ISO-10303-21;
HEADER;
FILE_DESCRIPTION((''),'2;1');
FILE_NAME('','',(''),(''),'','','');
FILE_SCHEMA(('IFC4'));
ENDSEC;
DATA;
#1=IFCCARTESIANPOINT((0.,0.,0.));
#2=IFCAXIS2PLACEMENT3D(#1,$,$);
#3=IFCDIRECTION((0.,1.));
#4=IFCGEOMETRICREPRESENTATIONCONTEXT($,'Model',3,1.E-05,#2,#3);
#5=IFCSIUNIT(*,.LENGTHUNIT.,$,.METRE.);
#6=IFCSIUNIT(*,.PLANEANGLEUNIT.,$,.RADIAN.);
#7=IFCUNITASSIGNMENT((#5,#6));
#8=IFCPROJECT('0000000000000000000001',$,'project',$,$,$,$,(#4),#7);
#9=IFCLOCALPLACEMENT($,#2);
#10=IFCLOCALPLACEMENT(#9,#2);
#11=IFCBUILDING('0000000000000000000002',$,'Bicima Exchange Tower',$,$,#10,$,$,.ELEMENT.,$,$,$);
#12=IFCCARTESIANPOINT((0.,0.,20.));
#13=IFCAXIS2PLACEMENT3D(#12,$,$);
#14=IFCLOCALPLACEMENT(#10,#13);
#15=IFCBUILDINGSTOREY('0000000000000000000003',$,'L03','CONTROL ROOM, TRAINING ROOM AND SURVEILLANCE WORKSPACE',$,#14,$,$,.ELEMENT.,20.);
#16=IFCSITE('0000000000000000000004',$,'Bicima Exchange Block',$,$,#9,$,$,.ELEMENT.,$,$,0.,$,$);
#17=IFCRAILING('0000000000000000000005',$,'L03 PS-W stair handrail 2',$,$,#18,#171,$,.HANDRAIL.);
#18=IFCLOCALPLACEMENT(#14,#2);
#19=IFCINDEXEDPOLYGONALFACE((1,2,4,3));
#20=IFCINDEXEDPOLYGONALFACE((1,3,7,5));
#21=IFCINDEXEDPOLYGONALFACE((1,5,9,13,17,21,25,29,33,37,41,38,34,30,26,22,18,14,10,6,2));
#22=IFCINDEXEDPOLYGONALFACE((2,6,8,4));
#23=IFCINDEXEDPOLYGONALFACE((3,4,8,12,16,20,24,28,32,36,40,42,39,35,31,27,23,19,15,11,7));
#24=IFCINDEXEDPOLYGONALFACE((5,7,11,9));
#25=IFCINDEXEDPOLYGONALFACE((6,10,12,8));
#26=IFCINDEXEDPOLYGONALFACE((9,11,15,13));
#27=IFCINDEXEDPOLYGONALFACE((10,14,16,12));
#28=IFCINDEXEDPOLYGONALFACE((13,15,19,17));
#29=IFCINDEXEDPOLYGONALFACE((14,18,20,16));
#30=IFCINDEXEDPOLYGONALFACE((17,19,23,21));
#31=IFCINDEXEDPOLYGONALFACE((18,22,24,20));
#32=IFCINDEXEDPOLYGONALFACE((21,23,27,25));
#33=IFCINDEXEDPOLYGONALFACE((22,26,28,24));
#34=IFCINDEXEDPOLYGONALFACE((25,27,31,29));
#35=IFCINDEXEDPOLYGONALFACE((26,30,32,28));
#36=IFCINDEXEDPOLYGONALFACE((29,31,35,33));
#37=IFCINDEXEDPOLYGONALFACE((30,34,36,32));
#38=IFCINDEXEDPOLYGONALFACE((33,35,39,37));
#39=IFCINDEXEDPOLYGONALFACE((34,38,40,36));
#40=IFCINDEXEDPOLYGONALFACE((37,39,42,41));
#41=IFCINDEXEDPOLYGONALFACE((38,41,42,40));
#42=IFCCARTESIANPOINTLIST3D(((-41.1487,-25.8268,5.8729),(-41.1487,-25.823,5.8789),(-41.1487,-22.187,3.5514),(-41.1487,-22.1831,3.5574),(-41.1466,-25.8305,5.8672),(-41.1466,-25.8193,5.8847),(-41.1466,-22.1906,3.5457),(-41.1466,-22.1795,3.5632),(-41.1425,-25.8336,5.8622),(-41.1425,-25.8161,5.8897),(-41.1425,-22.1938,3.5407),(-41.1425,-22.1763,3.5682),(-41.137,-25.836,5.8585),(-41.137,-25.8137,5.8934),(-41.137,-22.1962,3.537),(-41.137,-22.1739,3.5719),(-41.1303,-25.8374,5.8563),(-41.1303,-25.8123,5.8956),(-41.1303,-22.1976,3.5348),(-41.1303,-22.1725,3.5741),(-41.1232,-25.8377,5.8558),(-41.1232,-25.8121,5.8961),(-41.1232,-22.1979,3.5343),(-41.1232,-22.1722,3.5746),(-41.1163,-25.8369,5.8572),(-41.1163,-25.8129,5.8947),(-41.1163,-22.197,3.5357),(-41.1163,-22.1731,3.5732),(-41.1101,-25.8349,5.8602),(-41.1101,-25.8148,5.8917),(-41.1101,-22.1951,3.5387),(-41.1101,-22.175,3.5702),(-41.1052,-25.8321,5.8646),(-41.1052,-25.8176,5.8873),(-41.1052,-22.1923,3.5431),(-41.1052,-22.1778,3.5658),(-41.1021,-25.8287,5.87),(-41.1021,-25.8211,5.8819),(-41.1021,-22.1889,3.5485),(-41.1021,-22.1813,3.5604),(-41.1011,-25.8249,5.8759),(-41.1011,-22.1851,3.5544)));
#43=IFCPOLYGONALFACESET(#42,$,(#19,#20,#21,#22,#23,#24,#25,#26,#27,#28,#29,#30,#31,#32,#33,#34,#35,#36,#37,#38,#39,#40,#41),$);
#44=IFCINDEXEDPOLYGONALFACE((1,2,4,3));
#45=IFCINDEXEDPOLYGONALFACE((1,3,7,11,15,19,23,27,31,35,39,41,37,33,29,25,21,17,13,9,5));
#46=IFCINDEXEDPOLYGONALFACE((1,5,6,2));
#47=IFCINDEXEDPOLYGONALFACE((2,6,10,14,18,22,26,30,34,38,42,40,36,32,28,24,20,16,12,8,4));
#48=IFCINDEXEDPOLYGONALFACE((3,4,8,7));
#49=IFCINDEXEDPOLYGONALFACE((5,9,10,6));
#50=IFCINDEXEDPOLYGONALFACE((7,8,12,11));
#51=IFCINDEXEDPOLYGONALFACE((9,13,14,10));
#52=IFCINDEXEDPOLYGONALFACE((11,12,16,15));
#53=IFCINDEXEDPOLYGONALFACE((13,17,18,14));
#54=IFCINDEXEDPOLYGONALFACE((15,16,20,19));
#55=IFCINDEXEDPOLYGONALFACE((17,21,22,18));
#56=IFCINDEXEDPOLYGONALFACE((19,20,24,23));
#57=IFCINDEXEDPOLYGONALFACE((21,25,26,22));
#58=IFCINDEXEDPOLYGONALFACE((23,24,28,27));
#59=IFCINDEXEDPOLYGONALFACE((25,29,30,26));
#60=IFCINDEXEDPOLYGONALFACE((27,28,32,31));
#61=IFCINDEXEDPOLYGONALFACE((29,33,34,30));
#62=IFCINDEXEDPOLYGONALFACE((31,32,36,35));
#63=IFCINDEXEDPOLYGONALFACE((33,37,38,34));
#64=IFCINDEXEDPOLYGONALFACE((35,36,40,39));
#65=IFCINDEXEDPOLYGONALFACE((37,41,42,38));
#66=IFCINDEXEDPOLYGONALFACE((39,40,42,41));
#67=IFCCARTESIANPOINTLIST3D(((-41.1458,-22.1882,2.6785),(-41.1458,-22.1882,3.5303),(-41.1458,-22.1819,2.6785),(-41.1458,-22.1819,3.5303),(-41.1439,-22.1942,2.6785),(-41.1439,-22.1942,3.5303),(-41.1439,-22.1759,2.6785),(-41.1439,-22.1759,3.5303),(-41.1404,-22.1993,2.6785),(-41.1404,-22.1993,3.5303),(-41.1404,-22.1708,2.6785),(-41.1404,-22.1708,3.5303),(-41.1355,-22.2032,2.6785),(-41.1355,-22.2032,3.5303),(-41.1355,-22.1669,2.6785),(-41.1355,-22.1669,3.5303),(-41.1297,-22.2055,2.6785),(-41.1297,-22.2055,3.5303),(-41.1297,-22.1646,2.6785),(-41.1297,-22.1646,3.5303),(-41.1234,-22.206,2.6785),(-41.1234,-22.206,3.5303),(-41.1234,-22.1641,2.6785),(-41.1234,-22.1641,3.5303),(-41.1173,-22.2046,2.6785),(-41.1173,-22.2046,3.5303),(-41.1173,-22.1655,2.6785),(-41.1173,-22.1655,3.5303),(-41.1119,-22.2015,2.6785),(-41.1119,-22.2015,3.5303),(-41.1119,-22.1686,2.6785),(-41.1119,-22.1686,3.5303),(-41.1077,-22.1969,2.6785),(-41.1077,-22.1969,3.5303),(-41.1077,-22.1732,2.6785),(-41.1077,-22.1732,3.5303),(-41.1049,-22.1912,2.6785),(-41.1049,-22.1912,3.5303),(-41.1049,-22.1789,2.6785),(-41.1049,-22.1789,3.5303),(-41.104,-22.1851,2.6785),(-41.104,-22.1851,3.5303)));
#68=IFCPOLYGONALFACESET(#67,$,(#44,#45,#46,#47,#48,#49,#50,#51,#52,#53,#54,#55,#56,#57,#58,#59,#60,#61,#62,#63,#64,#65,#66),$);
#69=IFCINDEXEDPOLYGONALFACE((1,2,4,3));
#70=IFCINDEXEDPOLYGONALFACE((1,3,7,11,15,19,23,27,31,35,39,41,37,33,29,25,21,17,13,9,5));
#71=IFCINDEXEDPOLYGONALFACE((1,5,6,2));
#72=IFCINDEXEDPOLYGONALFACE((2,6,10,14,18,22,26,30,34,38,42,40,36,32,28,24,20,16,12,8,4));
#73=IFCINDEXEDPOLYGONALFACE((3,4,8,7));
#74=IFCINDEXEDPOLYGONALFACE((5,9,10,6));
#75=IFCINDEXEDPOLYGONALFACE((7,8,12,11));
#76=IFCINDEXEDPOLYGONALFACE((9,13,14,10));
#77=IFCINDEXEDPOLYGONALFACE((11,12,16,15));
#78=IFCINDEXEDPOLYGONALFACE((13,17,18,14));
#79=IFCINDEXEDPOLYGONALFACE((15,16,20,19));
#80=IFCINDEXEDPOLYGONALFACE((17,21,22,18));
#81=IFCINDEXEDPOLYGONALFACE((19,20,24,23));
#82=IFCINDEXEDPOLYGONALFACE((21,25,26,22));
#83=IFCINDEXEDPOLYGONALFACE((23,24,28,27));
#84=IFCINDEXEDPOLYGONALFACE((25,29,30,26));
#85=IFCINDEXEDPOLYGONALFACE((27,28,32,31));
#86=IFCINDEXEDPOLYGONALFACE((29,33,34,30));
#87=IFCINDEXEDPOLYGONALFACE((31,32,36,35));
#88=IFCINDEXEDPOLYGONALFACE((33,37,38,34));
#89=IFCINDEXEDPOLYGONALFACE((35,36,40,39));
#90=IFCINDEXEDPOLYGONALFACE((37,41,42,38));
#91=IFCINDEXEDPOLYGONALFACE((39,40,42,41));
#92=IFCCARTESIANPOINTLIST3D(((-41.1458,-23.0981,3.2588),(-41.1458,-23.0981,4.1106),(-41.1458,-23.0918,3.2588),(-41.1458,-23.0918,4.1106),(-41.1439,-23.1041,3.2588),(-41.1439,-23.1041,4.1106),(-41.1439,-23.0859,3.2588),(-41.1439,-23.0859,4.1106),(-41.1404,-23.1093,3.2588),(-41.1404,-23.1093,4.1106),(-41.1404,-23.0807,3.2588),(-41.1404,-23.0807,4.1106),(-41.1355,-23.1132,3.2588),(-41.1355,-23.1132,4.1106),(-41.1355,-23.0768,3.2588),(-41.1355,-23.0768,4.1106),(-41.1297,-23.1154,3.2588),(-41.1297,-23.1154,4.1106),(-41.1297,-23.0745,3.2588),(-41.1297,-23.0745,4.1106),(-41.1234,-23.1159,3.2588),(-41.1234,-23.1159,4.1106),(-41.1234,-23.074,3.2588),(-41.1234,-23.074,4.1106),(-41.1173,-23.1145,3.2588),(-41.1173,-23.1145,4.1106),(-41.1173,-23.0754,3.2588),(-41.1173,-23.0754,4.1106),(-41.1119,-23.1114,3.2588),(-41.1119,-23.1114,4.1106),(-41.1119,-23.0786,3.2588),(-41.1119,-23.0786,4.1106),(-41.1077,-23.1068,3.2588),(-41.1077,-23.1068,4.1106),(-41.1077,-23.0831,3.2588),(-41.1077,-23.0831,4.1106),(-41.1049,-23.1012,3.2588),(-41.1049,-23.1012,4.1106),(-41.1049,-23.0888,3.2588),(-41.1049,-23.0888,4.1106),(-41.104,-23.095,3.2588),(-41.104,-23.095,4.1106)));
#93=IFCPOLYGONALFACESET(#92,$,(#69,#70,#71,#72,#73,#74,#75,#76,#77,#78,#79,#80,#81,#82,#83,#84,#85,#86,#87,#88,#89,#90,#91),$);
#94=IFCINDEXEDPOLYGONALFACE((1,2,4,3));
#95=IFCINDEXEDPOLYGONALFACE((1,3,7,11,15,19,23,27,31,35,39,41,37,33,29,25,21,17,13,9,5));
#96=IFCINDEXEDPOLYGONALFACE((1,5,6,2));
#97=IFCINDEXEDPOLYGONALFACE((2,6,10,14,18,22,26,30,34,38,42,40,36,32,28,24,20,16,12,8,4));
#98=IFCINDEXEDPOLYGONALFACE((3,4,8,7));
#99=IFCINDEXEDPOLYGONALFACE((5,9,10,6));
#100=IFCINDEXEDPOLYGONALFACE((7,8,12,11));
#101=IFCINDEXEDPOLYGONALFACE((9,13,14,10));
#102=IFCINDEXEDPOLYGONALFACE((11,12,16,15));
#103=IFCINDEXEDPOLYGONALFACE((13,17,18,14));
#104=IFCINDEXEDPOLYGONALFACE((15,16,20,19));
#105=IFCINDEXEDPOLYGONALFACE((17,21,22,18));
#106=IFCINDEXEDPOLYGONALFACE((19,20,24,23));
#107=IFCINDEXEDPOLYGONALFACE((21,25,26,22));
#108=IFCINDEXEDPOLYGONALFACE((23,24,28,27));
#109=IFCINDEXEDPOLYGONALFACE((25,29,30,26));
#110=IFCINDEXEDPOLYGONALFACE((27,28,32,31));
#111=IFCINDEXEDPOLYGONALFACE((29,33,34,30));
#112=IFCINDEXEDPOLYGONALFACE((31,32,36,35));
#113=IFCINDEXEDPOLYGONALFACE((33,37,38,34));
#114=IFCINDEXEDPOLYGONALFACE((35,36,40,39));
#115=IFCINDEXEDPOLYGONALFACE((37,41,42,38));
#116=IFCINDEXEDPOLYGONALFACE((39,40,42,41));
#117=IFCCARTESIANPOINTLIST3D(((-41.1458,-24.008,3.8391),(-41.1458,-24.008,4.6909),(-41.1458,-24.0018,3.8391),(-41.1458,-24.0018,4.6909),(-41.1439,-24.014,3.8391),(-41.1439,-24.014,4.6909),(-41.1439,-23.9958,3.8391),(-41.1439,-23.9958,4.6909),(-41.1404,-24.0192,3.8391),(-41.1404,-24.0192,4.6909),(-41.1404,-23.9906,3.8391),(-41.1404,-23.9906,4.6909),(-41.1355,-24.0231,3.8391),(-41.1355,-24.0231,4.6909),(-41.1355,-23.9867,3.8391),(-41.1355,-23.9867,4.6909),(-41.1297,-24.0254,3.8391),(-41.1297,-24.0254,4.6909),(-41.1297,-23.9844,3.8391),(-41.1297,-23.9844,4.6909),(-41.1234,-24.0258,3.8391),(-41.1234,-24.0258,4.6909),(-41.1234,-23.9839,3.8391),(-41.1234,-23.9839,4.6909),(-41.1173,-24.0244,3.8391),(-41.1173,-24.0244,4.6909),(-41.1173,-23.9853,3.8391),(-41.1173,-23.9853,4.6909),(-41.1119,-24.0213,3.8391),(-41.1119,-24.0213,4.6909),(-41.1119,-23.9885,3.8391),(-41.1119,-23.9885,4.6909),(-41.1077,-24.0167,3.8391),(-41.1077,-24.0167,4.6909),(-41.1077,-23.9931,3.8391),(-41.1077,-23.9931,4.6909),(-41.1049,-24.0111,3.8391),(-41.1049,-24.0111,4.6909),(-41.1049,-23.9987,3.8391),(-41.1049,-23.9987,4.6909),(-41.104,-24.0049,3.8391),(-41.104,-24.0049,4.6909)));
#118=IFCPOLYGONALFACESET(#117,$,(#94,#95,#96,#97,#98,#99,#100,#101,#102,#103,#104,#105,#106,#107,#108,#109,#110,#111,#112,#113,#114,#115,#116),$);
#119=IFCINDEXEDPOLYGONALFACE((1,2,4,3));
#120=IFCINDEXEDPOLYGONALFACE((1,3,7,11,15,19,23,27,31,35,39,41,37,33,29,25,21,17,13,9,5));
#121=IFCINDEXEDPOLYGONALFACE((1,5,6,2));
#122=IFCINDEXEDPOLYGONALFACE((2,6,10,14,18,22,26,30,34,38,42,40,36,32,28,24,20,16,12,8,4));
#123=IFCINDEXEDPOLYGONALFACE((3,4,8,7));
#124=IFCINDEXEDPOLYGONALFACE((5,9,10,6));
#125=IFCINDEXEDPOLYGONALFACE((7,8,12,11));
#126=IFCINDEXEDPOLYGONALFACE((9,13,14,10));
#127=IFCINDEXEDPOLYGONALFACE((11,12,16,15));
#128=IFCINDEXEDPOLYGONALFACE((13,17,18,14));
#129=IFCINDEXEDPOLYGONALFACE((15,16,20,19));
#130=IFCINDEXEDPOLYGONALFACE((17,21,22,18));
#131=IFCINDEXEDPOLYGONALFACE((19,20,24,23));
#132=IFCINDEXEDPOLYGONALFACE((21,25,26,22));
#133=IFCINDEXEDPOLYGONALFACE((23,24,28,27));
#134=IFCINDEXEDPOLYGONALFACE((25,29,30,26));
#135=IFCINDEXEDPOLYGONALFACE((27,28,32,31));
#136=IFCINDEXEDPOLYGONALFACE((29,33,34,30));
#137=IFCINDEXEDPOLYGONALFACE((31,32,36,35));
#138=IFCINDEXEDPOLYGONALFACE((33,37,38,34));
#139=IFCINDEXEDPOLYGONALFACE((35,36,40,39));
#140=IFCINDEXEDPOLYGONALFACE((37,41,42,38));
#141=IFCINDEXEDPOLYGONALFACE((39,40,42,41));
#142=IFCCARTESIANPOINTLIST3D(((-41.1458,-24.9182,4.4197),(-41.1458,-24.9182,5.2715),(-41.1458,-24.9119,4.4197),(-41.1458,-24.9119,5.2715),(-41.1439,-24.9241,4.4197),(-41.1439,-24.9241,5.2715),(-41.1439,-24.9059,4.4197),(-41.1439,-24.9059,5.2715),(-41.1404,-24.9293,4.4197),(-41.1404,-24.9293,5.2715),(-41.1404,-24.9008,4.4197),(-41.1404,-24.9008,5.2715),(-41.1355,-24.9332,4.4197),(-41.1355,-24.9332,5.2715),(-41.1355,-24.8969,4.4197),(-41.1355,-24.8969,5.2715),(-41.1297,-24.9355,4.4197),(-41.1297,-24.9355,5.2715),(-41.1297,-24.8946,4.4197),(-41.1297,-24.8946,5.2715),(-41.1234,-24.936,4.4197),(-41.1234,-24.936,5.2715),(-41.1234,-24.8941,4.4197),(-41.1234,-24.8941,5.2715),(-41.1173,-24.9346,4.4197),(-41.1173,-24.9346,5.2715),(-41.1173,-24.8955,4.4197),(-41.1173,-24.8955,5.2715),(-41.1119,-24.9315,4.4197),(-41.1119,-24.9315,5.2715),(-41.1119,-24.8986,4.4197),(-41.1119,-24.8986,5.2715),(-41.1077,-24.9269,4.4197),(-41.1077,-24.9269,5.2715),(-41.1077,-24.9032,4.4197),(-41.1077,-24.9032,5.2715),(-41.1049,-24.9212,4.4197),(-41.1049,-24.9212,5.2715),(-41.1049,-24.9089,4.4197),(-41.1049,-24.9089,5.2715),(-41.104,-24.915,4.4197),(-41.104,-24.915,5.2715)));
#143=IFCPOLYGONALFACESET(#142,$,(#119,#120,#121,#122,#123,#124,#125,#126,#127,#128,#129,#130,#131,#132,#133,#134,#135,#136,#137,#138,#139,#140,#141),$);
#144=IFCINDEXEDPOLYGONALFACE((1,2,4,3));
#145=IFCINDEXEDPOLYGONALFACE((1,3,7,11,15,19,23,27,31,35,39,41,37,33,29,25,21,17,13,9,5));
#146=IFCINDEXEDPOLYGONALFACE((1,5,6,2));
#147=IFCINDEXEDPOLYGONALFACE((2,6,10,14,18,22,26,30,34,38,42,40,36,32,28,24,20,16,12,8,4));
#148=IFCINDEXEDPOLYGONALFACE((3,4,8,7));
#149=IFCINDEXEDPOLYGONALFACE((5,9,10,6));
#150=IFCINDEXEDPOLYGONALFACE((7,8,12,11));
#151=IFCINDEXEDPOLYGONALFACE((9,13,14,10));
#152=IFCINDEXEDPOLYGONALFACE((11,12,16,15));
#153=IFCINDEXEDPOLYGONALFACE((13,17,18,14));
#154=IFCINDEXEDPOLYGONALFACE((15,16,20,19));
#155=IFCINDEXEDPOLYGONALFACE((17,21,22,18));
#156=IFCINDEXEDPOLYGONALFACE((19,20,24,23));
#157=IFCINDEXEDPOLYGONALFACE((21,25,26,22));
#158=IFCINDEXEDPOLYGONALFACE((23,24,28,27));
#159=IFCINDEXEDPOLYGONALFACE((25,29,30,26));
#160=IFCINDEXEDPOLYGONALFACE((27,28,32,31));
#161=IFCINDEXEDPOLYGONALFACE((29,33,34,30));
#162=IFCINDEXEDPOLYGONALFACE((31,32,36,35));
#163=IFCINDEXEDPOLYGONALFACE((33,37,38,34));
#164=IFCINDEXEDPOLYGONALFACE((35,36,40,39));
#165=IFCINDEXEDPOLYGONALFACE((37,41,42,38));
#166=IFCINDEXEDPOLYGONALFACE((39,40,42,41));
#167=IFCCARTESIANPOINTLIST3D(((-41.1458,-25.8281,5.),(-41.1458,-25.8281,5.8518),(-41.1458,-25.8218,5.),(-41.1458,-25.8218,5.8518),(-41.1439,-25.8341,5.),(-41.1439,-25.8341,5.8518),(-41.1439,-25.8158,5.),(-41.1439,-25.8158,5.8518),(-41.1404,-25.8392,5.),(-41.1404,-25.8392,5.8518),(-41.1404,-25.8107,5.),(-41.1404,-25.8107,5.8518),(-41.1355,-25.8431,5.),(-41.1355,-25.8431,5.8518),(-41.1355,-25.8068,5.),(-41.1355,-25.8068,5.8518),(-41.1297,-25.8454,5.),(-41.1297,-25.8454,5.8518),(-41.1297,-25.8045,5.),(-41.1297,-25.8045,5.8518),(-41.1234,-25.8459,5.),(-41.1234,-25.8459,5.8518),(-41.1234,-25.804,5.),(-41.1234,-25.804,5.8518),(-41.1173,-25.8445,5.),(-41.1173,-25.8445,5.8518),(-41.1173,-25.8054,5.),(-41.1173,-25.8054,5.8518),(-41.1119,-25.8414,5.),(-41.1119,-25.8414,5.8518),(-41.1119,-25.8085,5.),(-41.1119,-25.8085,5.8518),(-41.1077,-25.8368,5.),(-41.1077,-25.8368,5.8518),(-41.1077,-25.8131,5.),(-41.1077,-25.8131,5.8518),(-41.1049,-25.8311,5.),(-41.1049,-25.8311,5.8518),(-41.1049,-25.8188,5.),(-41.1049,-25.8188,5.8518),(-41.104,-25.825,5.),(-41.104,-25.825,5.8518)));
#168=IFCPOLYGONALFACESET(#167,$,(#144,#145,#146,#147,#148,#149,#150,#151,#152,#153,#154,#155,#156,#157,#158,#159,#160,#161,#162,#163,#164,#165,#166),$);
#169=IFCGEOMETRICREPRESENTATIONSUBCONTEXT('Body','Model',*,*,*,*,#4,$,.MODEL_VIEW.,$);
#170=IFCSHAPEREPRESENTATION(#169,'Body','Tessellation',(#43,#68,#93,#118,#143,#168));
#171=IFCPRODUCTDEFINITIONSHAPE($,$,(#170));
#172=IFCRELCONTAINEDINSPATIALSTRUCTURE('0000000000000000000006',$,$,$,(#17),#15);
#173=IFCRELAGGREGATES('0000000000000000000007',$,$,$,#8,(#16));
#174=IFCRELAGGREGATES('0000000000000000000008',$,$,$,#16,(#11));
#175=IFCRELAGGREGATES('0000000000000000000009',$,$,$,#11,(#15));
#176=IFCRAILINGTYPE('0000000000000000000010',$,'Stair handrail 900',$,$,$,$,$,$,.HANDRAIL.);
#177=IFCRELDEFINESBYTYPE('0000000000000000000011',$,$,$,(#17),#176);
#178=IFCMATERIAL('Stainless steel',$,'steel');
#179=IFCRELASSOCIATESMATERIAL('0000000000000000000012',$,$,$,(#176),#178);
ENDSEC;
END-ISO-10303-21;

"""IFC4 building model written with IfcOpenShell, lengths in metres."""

from ifc_helpers import new_model, si_unit, direction, frame, origin, origin_2d, place, context, subcontext, project, spatial, circle, extrude, material, type_object, element, save


model = new_model("IFC4")

# Units and contexts
model_context = context("Model", 3, precision=1e-05, world=origin(), true_north=direction((0.0, 1.0)))
body_context = subcontext(model_context, "Body", "Model", "MODEL_VIEW")
ifc_project = project(units=[si_unit("LENGTHUNIT", "METRE"), si_unit("PLANEANGLEUNIT", "RADIAN")], contexts=[model_context])

# Site, building, storey
site_placement = place(None, origin())
site = spatial("IfcSite", under=ifc_project, at=site_placement, Name="Bicima Exchange Block", CompositionType="ELEMENT", RefElevation=0.0)
building_placement = place(site_placement, origin())
building = spatial("IfcBuilding", under=site, at=building_placement, Name="Bicima Exchange Tower", CompositionType="ELEMENT")
storey_placement = place(building_placement, frame((0.0, 0.0, 20.0)))
storey = spatial("IfcBuildingStorey", under=building, at=storey_placement, Name="L03", Description="CONTROL ROOM, TRAINING ROOM AND SURVEILLANCE WORKSPACE", CompositionType="ELEMENT", Elevation=20.0)

# Railing
ifc_material_1 = material(Name="Stainless steel", Category="steel")
railing_type_1 = type_object("IfcRailingType", Name="Stair handrail 900", PredefinedType="HANDRAIL", material=ifc_material_1)
railing_1_placement = place(storey_placement, frame((-41.125, -22.1851, 2.6785)))
element("IfcRailing", 1, at=railing_1_placement, inside=storey, type_object=railing_type_1, Name="L03 PS-W stair handrail 2", PredefinedType="HANDRAIL", context=body_context, shape_type="SweptSolid", body=[
    extrude(circle(Radius=0.0239, at=origin_2d()), frame((0.0, 0.0, 0.876), z_axis=(0.0, -0.843112, 0.537739), x_axis=(1.0, 0.0, 0.0)), (0.0, 0.0, 1.0), 4.3171),
    extrude(circle(Radius=0.021, at=origin_2d()), origin(), (0.0, 0.0, 1.0), 0.8518),
    extrude(circle(Radius=0.021, at=origin_2d()), frame((0.0, -0.9099, 0.5803)), (0.0, 0.0, 1.0), 0.8518),
    extrude(circle(Radius=0.021, at=origin_2d()), frame((0.0, -1.8198, 1.1606)), (0.0, 0.0, 1.0), 0.8518),
    extrude(circle(Radius=0.021, at=origin_2d()), frame((0.0, -2.73, 1.7412)), (0.0, 0.0, 1.0), 0.8518),
    extrude(circle(Radius=0.021, at=origin_2d()), frame((0.0, -3.6399, 2.3215)), (0.0, 0.0, 1.0), 0.8518),
])

save(model, "model.ifc")
